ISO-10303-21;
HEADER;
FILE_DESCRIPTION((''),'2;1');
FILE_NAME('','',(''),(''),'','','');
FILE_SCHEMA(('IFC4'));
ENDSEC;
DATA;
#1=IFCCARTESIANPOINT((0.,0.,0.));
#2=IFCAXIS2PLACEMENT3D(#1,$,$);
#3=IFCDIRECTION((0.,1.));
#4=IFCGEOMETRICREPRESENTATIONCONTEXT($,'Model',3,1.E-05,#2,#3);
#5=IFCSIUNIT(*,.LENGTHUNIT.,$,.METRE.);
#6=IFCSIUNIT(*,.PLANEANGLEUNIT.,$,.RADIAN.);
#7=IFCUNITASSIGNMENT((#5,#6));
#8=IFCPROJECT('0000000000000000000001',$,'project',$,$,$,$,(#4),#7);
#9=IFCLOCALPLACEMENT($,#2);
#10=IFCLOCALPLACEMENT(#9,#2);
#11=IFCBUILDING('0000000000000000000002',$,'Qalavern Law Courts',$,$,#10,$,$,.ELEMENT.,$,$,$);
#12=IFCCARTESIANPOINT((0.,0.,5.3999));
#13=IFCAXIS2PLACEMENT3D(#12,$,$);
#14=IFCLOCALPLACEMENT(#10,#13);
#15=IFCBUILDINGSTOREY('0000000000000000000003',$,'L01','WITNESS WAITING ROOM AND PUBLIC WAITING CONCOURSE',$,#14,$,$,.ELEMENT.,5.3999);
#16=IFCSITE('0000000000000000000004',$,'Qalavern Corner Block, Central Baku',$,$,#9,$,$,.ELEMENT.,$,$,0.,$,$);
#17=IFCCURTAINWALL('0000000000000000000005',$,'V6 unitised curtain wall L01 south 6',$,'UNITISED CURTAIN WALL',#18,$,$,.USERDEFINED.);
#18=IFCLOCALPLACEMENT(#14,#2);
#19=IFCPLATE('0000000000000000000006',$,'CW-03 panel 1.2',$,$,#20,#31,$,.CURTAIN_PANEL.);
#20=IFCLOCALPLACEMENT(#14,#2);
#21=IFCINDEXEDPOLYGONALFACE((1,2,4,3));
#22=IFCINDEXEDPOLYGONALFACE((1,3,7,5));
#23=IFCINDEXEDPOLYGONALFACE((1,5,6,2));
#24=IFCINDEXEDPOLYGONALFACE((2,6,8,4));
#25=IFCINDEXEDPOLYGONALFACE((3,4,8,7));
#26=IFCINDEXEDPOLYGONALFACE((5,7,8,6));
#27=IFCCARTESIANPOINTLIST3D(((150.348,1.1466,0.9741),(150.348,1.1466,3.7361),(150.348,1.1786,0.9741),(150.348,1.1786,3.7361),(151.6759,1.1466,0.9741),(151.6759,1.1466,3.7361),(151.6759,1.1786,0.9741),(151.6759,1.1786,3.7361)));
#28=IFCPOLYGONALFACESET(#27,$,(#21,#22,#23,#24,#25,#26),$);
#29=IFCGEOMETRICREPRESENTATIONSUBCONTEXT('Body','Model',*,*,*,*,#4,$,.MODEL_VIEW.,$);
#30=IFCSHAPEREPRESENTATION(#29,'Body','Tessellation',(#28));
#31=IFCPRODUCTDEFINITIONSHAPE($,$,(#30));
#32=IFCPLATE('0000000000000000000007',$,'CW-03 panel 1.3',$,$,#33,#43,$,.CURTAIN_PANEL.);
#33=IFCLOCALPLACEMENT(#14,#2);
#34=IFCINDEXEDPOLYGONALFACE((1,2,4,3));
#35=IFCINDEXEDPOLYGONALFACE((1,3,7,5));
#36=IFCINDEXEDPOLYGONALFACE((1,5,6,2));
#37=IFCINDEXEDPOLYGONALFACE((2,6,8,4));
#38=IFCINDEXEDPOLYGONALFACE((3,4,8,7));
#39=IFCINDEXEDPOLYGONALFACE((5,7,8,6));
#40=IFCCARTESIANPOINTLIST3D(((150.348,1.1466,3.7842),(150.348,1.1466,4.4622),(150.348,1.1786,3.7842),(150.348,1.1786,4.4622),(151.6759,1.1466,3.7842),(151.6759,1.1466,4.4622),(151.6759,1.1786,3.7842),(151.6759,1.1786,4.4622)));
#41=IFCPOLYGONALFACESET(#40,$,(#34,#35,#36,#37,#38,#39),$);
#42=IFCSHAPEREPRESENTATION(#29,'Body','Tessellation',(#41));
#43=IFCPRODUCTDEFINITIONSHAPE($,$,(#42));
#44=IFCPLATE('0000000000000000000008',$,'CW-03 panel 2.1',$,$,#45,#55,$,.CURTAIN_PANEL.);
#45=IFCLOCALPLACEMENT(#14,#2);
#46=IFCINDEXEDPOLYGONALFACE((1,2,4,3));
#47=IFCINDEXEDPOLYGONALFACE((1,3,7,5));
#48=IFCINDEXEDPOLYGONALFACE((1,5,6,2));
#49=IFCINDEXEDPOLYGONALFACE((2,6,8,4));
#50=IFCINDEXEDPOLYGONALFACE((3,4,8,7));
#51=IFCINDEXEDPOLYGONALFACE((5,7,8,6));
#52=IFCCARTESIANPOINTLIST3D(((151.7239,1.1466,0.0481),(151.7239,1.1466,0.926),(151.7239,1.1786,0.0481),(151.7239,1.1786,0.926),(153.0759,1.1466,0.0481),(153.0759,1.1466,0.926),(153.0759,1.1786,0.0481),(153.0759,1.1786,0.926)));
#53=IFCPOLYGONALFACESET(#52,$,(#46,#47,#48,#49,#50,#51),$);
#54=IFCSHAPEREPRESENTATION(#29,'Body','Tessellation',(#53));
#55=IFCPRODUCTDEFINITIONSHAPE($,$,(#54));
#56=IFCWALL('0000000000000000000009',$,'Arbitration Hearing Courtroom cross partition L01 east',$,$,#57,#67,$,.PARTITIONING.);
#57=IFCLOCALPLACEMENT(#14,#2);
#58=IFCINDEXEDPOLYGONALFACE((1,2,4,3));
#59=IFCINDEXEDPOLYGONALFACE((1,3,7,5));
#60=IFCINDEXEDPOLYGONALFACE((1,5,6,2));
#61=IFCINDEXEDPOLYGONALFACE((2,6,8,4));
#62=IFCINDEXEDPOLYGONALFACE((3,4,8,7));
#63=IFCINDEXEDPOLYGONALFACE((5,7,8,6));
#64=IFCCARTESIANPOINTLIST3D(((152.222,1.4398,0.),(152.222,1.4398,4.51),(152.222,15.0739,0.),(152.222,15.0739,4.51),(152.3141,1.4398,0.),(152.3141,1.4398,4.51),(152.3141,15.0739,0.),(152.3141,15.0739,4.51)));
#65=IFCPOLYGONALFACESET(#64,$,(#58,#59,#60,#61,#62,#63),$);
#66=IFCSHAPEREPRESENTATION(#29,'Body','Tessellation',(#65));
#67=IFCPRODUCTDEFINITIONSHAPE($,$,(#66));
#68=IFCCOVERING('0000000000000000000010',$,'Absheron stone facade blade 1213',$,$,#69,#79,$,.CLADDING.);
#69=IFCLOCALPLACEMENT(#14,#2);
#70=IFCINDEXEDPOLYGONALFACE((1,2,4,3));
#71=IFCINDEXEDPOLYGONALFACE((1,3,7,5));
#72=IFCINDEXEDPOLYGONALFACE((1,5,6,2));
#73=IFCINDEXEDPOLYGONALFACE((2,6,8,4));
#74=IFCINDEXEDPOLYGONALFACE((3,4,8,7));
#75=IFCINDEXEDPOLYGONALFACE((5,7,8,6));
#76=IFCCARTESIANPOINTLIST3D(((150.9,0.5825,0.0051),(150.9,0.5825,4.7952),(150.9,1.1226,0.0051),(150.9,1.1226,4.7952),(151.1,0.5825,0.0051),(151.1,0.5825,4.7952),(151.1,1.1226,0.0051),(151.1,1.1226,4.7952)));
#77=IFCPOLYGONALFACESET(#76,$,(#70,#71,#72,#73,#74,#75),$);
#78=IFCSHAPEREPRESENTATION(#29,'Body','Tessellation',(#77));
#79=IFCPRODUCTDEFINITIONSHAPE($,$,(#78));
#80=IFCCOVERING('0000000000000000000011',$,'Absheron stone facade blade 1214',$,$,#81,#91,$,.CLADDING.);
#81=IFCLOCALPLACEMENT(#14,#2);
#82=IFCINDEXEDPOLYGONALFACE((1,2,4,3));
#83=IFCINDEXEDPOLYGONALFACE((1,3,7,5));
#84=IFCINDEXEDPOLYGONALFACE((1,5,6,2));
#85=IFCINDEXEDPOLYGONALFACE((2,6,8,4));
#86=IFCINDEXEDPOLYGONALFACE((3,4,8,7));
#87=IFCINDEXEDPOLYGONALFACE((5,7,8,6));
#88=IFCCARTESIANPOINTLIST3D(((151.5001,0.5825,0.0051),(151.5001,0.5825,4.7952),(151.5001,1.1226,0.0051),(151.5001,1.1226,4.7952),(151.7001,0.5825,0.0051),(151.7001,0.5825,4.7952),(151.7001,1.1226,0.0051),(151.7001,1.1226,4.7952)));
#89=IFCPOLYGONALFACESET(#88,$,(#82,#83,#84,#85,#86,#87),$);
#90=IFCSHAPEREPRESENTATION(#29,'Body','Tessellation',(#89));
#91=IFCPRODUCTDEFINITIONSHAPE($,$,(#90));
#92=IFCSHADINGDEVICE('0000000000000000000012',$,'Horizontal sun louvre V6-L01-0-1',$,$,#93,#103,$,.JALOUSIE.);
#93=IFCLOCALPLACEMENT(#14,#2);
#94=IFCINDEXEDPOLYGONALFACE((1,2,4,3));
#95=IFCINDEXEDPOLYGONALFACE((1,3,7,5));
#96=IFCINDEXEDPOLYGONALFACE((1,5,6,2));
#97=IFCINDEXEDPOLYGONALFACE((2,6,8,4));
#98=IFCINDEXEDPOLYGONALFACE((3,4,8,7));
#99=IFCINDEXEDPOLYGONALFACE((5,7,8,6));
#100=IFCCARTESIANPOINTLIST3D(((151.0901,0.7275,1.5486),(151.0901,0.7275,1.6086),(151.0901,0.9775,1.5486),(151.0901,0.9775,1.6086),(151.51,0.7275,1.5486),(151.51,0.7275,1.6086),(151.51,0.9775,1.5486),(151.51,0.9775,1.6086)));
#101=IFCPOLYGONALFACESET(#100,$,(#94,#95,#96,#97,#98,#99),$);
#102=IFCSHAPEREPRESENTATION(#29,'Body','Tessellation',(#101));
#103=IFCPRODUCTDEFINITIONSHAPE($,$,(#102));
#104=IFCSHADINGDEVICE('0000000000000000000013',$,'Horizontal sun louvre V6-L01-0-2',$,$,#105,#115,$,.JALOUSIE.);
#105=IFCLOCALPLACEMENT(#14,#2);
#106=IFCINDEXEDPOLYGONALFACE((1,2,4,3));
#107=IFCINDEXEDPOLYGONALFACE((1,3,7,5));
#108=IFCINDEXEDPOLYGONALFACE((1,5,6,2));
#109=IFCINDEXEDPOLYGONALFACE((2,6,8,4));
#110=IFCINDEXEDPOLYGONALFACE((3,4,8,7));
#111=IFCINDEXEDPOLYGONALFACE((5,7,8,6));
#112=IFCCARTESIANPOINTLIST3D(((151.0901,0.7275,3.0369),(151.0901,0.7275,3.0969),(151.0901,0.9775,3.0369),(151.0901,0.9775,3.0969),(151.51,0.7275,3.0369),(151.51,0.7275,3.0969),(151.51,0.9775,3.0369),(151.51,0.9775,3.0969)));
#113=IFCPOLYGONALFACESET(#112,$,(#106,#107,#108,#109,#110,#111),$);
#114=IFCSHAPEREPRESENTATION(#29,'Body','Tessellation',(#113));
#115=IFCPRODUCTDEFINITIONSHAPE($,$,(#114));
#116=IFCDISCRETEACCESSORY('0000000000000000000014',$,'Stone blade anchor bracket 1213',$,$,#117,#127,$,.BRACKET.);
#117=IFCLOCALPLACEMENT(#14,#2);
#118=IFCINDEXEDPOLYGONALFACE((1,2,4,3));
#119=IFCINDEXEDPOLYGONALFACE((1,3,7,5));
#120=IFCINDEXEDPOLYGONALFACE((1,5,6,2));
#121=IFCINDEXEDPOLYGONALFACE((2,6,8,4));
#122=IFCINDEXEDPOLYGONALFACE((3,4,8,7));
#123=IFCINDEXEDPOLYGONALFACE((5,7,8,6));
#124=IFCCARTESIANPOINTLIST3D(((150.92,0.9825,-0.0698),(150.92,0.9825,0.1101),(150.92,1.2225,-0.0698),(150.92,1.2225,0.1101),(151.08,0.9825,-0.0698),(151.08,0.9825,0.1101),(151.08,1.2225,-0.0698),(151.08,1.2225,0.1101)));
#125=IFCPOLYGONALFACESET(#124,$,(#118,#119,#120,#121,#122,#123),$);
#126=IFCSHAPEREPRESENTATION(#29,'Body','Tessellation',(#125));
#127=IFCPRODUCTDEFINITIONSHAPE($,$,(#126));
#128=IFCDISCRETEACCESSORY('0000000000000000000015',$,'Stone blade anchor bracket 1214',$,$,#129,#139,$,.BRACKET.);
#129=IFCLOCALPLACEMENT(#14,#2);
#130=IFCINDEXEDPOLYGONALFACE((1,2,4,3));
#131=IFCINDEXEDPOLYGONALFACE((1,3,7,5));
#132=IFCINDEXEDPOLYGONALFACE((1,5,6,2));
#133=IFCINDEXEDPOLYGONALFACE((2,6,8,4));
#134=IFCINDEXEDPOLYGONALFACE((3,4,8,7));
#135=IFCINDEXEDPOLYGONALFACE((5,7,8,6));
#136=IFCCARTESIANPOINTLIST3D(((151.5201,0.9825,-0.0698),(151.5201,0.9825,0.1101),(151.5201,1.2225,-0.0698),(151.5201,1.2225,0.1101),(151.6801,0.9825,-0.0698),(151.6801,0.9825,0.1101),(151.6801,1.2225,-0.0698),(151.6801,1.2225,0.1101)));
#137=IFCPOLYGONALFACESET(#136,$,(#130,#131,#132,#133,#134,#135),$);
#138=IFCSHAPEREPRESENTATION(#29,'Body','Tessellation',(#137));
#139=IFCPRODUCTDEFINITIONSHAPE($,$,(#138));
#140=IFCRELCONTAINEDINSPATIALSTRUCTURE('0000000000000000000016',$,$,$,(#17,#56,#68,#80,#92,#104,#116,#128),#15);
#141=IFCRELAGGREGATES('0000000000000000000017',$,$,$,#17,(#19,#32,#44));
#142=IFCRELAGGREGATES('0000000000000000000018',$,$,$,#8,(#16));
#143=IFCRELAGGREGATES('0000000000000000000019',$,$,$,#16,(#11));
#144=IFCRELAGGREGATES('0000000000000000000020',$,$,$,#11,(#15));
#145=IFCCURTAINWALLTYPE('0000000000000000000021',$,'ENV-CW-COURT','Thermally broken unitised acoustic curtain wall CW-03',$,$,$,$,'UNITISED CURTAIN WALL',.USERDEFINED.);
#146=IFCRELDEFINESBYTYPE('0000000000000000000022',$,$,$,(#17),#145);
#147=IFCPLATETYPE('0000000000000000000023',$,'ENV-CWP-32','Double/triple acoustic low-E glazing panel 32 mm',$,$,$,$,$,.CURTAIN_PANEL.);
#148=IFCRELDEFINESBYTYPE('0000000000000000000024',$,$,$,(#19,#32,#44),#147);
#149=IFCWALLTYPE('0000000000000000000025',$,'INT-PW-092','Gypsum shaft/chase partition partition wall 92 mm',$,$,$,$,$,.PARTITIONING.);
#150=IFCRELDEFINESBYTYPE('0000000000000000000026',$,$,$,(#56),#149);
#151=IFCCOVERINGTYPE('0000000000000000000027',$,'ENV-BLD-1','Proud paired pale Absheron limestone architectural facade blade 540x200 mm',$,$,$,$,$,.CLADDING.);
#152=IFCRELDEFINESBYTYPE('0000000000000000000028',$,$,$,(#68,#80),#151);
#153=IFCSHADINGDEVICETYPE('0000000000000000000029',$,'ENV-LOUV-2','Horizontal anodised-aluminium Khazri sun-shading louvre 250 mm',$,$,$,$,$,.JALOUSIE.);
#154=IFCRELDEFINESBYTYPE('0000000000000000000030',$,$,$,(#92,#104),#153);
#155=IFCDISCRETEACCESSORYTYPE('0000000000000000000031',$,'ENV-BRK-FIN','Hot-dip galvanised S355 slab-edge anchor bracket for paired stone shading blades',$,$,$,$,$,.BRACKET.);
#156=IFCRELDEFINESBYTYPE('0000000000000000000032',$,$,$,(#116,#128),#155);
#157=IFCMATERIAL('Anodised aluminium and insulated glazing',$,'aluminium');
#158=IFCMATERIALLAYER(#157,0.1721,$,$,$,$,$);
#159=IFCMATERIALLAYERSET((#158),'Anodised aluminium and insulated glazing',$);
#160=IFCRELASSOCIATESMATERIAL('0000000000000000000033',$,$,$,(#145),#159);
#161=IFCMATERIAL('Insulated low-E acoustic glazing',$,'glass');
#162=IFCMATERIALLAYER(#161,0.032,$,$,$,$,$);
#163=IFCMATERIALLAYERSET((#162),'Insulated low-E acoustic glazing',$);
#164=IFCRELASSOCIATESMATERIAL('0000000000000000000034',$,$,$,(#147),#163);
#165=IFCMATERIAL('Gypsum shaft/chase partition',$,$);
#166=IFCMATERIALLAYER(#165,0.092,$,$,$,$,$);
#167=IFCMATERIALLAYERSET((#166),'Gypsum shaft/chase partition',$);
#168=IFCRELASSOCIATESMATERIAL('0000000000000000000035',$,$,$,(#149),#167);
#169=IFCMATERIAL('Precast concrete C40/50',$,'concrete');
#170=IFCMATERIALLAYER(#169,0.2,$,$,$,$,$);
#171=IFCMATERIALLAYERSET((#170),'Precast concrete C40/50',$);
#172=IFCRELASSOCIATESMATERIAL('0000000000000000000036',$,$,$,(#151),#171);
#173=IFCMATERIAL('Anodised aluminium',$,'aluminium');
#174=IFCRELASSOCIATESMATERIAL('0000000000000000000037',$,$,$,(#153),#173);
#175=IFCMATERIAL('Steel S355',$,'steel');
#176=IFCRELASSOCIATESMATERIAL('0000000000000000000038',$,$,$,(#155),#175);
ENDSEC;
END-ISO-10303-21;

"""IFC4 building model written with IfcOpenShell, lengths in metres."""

from ifc_helpers import new_model, si_unit, direction, frame, frame_2d, origin, origin_2d, place, context, subcontext, project, spatial, rectangle, extrude, material, layer, layer_set, type_object, element, aggregate, save


model = new_model("IFC4")

# Units and contexts
model_context = context("Model", 3, precision=1e-05, world=origin(), true_north=direction((0.0, 1.0)))
body_context = subcontext(model_context, "Body", "Model", "MODEL_VIEW")
ifc_project = project(units=[si_unit("LENGTHUNIT", "METRE"), si_unit("PLANEANGLEUNIT", "RADIAN")], contexts=[model_context])

# Site, building, storey
site_placement = place(None, origin())
site = spatial("IfcSite", under=ifc_project, at=site_placement, Name="Qalavern Corner Block, Central Baku", CompositionType="ELEMENT", RefElevation=0.0)
building_placement = place(site_placement, origin())
building = spatial("IfcBuilding", under=site, at=building_placement, Name="Qalavern Law Courts", CompositionType="ELEMENT")
storey_placement = place(building_placement, frame((0.0, 0.0, 5.3999)))
storey = spatial("IfcBuildingStorey", under=building, at=storey_placement, Name="L01", Description="WITNESS WAITING ROOM AND PUBLIC WAITING CONCOURSE", CompositionType="ELEMENT", Elevation=5.3999)

# Curtain wall, plates
ifc_material_1 = material(Name="Anodised aluminium and insulated glazing", Category="aluminium")
ifc_layer_1 = layer(ifc_material_1, 0.1721)
ifc_layer_set_1 = layer_set([ifc_layer_1], Name="Anodised aluminium and insulated glazing")
curtain_wall_type = type_object("IfcCurtainWallType", Name="ENV-CW-COURT", Description="Thermally broken unitised acoustic curtain wall CW-03", ElementType="UNITISED CURTAIN WALL", PredefinedType="USERDEFINED", material=ifc_layer_set_1)
curtain_wall_placement = place(storey_placement, origin())
curtain_wall = element("IfcCurtainWall", 1, at=curtain_wall_placement, inside=storey, type_object=curtain_wall_type, Name="V6 unitised curtain wall L01 south 6", ObjectType="UNITISED CURTAIN WALL", PredefinedType="USERDEFINED")
ifc_material_2 = material(Name="Anodised aluminium", Category="aluminium")
ifc_material_3 = material(Name="Insulated low-E acoustic glazing", Category="glass")
ifc_layer_2 = layer(ifc_material_3, 0.032)
ifc_layer_set_2 = layer_set([ifc_layer_2], Name="Insulated low-E acoustic glazing")
plate_type = type_object("IfcPlateType", Name="ENV-CWP-32", Description="Double/triple acoustic low-E glazing panel 32 mm", PredefinedType="CURTAIN_PANEL", material=ifc_layer_set_2)
plate_1_placement = place(storey_placement, frame((151.012, 1.1626, 0.9741), z_axis=(0.0, 0.0, 1.0), x_axis=(1.0, 0.0, 0.0)))
plate_1 = element("IfcPlate", 2, at=plate_1_placement, type_object=plate_type, Name="CW-03 panel 1.2", PredefinedType="CURTAIN_PANEL", context=body_context, shape_type="SweptSolid", body=[
    extrude(rectangle(XDim=1.3279, YDim=0.032, at=origin_2d()), origin(), (0.0, 0.0, 1.0), 2.762),
])
plate_2_placement = place(storey_placement, frame((151.012, 1.1626, 3.7842), z_axis=(0.0, 0.0, 1.0), x_axis=(1.0, 0.0, 0.0)))
plate_2 = element("IfcPlate", 3, at=plate_2_placement, type_object=plate_type, Name="CW-03 panel 1.3", PredefinedType="CURTAIN_PANEL", context=body_context, shape_type="SweptSolid", body=[
    extrude(rectangle(XDim=1.3279, YDim=0.032, at=origin_2d()), origin(), (0.0, 0.0, 1.0), 0.678),
])
plate_3_placement = place(storey_placement, frame((152.3999, 1.1626, 0.0481), z_axis=(0.0, 0.0, 1.0), x_axis=(1.0, 0.0, 0.0)))
plate_3 = element("IfcPlate", 4, at=plate_3_placement, type_object=plate_type, Name="CW-03 panel 2.1", PredefinedType="CURTAIN_PANEL", context=body_context, shape_type="SweptSolid", body=[
    extrude(rectangle(XDim=1.3521, YDim=0.032, at=origin_2d()), origin(), (0.0, 0.0, 1.0), 0.8779),
])
aggregate(curtain_wall, [plate_1, plate_2, plate_3])

# Wall
ifc_material_4 = material(Name="Gypsum shaft/chase partition")
ifc_layer_3 = layer(ifc_material_4, 0.092)
ifc_layer_set_3 = layer_set([ifc_layer_3], Name="Gypsum shaft/chase partition")
wall_type = type_object("IfcWallType", Name="INT-PW-092", Description="Gypsum shaft/chase partition partition wall 92 mm", PredefinedType="PARTITIONING", material=ifc_layer_set_3)
wall_placement = place(storey_placement, frame((152.2681, 1.4399, 0.0), z_axis=(0.0, 0.0, 1.0), x_axis=(0.0, 1.0, 0.0)))
element("IfcWall", 5, at=wall_placement, inside=storey, type_object=wall_type, Name="Arbitration Hearing Courtroom cross partition L01 east", PredefinedType="PARTITIONING", context=body_context, shape_type="SweptSolid", body=[
    extrude(rectangle(XDim=13.634, YDim=0.092, at=frame_2d((6.8169, 0.0))), origin(), (0.0, 0.0, 1.0), 4.51),
])

# Coverings
ifc_material_5 = material(Name="Precast concrete C40/50", Category="concrete")
ifc_layer_4 = layer(ifc_material_5, 0.2)
ifc_layer_set_4 = layer_set([ifc_layer_4], Name="Precast concrete C40/50")
covering_type = type_object("IfcCoveringType", Name="ENV-BLD-1", Description="Proud paired pale Absheron limestone architectural facade blade 540x200 mm", PredefinedType="CLADDING", material=ifc_layer_set_4)
for number, where, z_axis, x_axis, name in (
    (6, (151.0, 0.8525, 0.0051), (0.0, 0.0, 1.0), (0.0, -1.0, 0.0), "Absheron stone facade blade 1213"),
    (7, (151.6001, 0.8525, 0.0051), (0.0, 0.0, 1.0), (0.0, -1.0, 0.0), "Absheron stone facade blade 1214"),
):
    element("IfcCovering", number, at=place(storey_placement, frame(where, z_axis=z_axis, x_axis=x_axis)), inside=storey, type_object=covering_type, Name=name, PredefinedType="CLADDING", context=body_context, shape_type="SweptSolid", body=[
        extrude(rectangle(XDim=0.54, YDim=0.2, at=origin_2d()), origin(), (0.0, 0.0, 1.0), 4.79),
    ])

# Shading devices
shading_device_type = type_object("IfcShadingDeviceType", Name="ENV-LOUV-2", Description="Horizontal anodised-aluminium Khazri sun-shading louvre 250 mm", PredefinedType="JALOUSIE", material=ifc_material_2)
for number, where, z_axis, x_axis, name in (
    (8, (151.3, 0.8525, 1.5486), (0.0, 0.0, 1.0), (1.0, 0.0, 0.0), "Horizontal sun louvre V6-L01-0-1"),
    (9, (151.3, 0.8525, 3.0369), (0.0, 0.0, 1.0), (1.0, 0.0, 0.0), "Horizontal sun louvre V6-L01-0-2"),
):
    element("IfcShadingDevice", number, at=place(storey_placement, frame(where, z_axis=z_axis, x_axis=x_axis)), inside=storey, type_object=shading_device_type, Name=name, PredefinedType="JALOUSIE", context=body_context, shape_type="SweptSolid", body=[
        extrude(rectangle(XDim=0.4199, YDim=0.25, at=origin_2d()), origin(), (0.0, 0.0, 1.0), 0.0601),
    ])

# Discrete accessories
ifc_material_6 = material(Name="Steel S355", Category="steel")
discrete_accessory_type = type_object("IfcDiscreteAccessoryType", Name="ENV-BRK-FIN", Description="Hot-dip galvanised S355 slab-edge anchor bracket for paired stone shading blades", PredefinedType="BRACKET", material=ifc_material_6)
for number, where, z_axis, x_axis, name in (
    (10, (151.0, 1.1025, -0.0698), (0.0, 0.0, 1.0), (0.0, -1.0, 0.0), "Stone blade anchor bracket 1213"),
    (11, (151.6001, 1.1025, -0.0698), (0.0, 0.0, 1.0), (0.0, -1.0, 0.0), "Stone blade anchor bracket 1214"),
):
    element("IfcDiscreteAccessory", number, at=place(storey_placement, frame(where, z_axis=z_axis, x_axis=x_axis)), inside=storey, type_object=discrete_accessory_type, Name=name, PredefinedType="BRACKET", context=body_context, shape_type="SweptSolid", body=[
        extrude(rectangle(XDim=0.24, YDim=0.1599, at=origin_2d()), origin(), (0.0, 0.0, 1.0), 0.1799),
    ])

save(model, "model.ifc")
